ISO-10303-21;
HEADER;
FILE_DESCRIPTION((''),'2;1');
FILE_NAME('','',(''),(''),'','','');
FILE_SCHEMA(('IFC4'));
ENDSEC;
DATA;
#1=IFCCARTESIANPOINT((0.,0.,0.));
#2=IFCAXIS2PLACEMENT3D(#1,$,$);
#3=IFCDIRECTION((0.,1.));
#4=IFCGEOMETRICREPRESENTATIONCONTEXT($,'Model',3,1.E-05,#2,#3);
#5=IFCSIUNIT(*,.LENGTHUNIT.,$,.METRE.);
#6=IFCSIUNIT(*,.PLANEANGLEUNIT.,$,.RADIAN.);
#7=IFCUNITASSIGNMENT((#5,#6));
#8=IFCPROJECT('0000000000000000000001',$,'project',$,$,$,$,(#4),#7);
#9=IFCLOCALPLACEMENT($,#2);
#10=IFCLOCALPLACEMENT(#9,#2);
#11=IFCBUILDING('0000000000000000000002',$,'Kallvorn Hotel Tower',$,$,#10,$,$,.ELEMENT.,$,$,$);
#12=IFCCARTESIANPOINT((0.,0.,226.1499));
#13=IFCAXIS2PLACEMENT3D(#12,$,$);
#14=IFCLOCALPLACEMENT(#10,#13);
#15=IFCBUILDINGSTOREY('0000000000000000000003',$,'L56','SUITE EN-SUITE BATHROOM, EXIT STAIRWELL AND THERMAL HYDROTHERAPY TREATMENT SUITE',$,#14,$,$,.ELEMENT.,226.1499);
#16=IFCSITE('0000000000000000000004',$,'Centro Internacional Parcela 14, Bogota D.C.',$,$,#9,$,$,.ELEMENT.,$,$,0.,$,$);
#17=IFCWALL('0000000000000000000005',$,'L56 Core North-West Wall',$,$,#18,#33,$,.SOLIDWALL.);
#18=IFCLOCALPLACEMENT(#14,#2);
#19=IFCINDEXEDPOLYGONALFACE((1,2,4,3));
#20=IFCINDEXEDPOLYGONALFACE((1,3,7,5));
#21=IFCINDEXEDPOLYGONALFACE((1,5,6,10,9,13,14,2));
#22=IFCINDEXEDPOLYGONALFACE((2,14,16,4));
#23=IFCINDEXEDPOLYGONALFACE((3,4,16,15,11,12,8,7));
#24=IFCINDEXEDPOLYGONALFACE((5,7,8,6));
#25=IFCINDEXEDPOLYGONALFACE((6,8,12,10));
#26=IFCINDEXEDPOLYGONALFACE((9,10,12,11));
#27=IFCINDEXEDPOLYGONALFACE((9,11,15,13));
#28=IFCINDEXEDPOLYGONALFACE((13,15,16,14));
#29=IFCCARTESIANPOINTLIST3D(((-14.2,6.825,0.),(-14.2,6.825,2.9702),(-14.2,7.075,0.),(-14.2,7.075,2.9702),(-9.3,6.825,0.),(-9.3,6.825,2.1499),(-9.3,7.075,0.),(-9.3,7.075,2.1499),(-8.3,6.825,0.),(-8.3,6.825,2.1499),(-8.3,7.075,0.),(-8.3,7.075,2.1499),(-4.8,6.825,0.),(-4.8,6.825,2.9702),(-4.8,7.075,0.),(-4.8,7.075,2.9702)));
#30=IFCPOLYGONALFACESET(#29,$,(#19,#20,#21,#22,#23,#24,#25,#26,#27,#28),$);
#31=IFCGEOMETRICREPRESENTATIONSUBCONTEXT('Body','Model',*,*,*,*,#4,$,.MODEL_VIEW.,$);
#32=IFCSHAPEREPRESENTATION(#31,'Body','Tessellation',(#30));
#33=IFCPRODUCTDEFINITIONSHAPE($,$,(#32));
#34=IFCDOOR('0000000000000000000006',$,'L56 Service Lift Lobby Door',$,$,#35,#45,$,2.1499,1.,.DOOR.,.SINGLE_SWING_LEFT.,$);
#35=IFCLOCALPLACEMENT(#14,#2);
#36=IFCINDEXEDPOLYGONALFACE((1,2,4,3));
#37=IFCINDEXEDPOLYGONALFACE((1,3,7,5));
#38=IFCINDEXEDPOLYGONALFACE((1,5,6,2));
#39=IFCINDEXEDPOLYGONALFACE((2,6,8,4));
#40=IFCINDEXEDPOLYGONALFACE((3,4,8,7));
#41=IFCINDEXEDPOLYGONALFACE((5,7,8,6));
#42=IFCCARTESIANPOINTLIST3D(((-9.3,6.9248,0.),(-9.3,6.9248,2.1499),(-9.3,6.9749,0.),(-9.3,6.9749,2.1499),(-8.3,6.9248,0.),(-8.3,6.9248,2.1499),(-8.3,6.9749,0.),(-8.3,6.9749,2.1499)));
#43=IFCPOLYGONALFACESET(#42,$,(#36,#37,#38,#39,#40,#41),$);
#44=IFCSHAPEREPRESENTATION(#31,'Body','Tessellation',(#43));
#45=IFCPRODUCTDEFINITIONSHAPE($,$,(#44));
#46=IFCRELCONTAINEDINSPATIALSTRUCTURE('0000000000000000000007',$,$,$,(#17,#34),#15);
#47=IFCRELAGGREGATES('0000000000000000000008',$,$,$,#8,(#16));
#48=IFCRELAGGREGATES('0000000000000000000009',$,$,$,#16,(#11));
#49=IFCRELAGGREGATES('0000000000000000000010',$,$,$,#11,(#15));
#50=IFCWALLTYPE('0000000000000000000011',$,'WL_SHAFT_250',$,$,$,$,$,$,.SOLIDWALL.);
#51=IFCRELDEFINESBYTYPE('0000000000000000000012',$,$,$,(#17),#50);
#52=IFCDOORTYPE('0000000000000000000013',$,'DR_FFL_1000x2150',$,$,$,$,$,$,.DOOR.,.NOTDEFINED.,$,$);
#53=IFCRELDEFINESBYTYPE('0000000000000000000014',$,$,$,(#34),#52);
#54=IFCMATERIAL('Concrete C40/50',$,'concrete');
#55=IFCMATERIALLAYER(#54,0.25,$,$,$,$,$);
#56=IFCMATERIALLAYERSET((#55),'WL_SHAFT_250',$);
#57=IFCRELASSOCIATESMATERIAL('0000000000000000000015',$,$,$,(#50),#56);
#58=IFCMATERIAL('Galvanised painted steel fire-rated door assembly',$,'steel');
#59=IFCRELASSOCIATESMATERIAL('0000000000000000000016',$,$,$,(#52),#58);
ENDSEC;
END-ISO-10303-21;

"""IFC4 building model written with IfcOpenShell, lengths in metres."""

from ifc_helpers import new_model, si_unit, direction, frame, frame_2d, origin, place, context, subcontext, project, spatial, rectangle, extrude, material, layer, layer_set, type_object, element, fill, save


model = new_model("IFC4")

# Units and contexts
model_context = context("Model", 3, precision=1e-05, world=origin(), true_north=direction((0.0, 1.0)))
body_context = subcontext(model_context, "Body", "Model", "MODEL_VIEW")
ifc_project = project(units=[si_unit("LENGTHUNIT", "METRE"), si_unit("PLANEANGLEUNIT", "RADIAN")], contexts=[model_context])

# Site, building, storey
site_placement = place(None, origin())
site = spatial("IfcSite", under=ifc_project, at=site_placement, Name="Centro Internacional Parcela 14, Bogota D.C.", CompositionType="ELEMENT", RefElevation=0.0)
building_placement = place(site_placement, origin())
building = spatial("IfcBuilding", under=site, at=building_placement, Name="Kallvorn Hotel Tower", CompositionType="ELEMENT")
storey_placement = place(building_placement, frame((0.0, 0.0, 226.1499)))
storey = spatial("IfcBuildingStorey", under=building, at=storey_placement, Name="L56", Description="SUITE EN-SUITE BATHROOM, EXIT STAIRWELL AND THERMAL HYDROTHERAPY TREATMENT SUITE", CompositionType="ELEMENT", Elevation=226.1499)

# Wall, opening, door
ifc_material_1 = material(Name="Concrete C40/50", Category="concrete")
ifc_layer_1 = layer(ifc_material_1, 0.25)
ifc_layer_set_1 = layer_set([ifc_layer_1], Name="WL_SHAFT_250")
wall_type_1 = type_object("IfcWallType", Name="WL_SHAFT_250", PredefinedType="SOLIDWALL", material=ifc_layer_set_1)
wall_1_placement = place(storey_placement, frame((-14.2, 6.95, 0.0), z_axis=(0.0, 0.0, 1.0), x_axis=(1.0, 0.0, 0.0)))
wall_1 = element("IfcWall", 1, at=wall_1_placement, inside=storey, type_object=wall_type_1, Name="L56 Core North-West Wall", PredefinedType="SOLIDWALL", context=body_context, shape_type="SweptSolid", body=[
    extrude(rectangle(XDim=9.3999, YDim=0.25, at=frame_2d((4.7, 0.0))), origin(), (0.0, 0.0, 1.0), 2.9702),
])
opening_1_placement = place(wall_1_placement, frame((4.8999, 0.0, 0.0)))
opening_1 = element("IfcOpeningElement", 2, at=opening_1_placement, cuts=wall_1, PredefinedType="OPENING", context=body_context, shape_type="SweptSolid", body=[
    extrude(rectangle(XDim=1.0, YDim=2.1499, at=frame_2d((0.5, 1.075))), frame((0.0, 0.1399, 0.0), z_axis=(0.0, -1.0, 0.0), x_axis=(1.0, 0.0, 0.0)), (0.0, 0.0, 1.0), 0.28),
])
ifc_material_2 = material(Name="Galvanised painted steel fire-rated door assembly", Category="steel")
door_type_1 = type_object("IfcDoorType", Name="DR_FFL_1000x2150", OperationType="NOTDEFINED", PredefinedType="DOOR", material=ifc_material_2)
door_1_placement = place(opening_1_placement, origin())
door_1 = element("IfcDoor", 3, at=door_1_placement, inside=storey, type_object=door_type_1, Name="L56 Service Lift Lobby Door", OperationType="SINGLE_SWING_LEFT", OverallHeight=2.1499, OverallWidth=1.0, PredefinedType="DOOR", context=body_context, shape_type="SweptSolid", body=[
    extrude(rectangle(XDim=1.0, YDim=2.1499, at=frame_2d((0.5, 1.075))), frame((0.0, 0.0249, 0.0), z_axis=(0.0, -1.0, 0.0), x_axis=(1.0, 0.0, 0.0)), (0.0, 0.0, 1.0), 0.05),
])
fill(opening_1, door_1)

save(model, "model.ifc")
